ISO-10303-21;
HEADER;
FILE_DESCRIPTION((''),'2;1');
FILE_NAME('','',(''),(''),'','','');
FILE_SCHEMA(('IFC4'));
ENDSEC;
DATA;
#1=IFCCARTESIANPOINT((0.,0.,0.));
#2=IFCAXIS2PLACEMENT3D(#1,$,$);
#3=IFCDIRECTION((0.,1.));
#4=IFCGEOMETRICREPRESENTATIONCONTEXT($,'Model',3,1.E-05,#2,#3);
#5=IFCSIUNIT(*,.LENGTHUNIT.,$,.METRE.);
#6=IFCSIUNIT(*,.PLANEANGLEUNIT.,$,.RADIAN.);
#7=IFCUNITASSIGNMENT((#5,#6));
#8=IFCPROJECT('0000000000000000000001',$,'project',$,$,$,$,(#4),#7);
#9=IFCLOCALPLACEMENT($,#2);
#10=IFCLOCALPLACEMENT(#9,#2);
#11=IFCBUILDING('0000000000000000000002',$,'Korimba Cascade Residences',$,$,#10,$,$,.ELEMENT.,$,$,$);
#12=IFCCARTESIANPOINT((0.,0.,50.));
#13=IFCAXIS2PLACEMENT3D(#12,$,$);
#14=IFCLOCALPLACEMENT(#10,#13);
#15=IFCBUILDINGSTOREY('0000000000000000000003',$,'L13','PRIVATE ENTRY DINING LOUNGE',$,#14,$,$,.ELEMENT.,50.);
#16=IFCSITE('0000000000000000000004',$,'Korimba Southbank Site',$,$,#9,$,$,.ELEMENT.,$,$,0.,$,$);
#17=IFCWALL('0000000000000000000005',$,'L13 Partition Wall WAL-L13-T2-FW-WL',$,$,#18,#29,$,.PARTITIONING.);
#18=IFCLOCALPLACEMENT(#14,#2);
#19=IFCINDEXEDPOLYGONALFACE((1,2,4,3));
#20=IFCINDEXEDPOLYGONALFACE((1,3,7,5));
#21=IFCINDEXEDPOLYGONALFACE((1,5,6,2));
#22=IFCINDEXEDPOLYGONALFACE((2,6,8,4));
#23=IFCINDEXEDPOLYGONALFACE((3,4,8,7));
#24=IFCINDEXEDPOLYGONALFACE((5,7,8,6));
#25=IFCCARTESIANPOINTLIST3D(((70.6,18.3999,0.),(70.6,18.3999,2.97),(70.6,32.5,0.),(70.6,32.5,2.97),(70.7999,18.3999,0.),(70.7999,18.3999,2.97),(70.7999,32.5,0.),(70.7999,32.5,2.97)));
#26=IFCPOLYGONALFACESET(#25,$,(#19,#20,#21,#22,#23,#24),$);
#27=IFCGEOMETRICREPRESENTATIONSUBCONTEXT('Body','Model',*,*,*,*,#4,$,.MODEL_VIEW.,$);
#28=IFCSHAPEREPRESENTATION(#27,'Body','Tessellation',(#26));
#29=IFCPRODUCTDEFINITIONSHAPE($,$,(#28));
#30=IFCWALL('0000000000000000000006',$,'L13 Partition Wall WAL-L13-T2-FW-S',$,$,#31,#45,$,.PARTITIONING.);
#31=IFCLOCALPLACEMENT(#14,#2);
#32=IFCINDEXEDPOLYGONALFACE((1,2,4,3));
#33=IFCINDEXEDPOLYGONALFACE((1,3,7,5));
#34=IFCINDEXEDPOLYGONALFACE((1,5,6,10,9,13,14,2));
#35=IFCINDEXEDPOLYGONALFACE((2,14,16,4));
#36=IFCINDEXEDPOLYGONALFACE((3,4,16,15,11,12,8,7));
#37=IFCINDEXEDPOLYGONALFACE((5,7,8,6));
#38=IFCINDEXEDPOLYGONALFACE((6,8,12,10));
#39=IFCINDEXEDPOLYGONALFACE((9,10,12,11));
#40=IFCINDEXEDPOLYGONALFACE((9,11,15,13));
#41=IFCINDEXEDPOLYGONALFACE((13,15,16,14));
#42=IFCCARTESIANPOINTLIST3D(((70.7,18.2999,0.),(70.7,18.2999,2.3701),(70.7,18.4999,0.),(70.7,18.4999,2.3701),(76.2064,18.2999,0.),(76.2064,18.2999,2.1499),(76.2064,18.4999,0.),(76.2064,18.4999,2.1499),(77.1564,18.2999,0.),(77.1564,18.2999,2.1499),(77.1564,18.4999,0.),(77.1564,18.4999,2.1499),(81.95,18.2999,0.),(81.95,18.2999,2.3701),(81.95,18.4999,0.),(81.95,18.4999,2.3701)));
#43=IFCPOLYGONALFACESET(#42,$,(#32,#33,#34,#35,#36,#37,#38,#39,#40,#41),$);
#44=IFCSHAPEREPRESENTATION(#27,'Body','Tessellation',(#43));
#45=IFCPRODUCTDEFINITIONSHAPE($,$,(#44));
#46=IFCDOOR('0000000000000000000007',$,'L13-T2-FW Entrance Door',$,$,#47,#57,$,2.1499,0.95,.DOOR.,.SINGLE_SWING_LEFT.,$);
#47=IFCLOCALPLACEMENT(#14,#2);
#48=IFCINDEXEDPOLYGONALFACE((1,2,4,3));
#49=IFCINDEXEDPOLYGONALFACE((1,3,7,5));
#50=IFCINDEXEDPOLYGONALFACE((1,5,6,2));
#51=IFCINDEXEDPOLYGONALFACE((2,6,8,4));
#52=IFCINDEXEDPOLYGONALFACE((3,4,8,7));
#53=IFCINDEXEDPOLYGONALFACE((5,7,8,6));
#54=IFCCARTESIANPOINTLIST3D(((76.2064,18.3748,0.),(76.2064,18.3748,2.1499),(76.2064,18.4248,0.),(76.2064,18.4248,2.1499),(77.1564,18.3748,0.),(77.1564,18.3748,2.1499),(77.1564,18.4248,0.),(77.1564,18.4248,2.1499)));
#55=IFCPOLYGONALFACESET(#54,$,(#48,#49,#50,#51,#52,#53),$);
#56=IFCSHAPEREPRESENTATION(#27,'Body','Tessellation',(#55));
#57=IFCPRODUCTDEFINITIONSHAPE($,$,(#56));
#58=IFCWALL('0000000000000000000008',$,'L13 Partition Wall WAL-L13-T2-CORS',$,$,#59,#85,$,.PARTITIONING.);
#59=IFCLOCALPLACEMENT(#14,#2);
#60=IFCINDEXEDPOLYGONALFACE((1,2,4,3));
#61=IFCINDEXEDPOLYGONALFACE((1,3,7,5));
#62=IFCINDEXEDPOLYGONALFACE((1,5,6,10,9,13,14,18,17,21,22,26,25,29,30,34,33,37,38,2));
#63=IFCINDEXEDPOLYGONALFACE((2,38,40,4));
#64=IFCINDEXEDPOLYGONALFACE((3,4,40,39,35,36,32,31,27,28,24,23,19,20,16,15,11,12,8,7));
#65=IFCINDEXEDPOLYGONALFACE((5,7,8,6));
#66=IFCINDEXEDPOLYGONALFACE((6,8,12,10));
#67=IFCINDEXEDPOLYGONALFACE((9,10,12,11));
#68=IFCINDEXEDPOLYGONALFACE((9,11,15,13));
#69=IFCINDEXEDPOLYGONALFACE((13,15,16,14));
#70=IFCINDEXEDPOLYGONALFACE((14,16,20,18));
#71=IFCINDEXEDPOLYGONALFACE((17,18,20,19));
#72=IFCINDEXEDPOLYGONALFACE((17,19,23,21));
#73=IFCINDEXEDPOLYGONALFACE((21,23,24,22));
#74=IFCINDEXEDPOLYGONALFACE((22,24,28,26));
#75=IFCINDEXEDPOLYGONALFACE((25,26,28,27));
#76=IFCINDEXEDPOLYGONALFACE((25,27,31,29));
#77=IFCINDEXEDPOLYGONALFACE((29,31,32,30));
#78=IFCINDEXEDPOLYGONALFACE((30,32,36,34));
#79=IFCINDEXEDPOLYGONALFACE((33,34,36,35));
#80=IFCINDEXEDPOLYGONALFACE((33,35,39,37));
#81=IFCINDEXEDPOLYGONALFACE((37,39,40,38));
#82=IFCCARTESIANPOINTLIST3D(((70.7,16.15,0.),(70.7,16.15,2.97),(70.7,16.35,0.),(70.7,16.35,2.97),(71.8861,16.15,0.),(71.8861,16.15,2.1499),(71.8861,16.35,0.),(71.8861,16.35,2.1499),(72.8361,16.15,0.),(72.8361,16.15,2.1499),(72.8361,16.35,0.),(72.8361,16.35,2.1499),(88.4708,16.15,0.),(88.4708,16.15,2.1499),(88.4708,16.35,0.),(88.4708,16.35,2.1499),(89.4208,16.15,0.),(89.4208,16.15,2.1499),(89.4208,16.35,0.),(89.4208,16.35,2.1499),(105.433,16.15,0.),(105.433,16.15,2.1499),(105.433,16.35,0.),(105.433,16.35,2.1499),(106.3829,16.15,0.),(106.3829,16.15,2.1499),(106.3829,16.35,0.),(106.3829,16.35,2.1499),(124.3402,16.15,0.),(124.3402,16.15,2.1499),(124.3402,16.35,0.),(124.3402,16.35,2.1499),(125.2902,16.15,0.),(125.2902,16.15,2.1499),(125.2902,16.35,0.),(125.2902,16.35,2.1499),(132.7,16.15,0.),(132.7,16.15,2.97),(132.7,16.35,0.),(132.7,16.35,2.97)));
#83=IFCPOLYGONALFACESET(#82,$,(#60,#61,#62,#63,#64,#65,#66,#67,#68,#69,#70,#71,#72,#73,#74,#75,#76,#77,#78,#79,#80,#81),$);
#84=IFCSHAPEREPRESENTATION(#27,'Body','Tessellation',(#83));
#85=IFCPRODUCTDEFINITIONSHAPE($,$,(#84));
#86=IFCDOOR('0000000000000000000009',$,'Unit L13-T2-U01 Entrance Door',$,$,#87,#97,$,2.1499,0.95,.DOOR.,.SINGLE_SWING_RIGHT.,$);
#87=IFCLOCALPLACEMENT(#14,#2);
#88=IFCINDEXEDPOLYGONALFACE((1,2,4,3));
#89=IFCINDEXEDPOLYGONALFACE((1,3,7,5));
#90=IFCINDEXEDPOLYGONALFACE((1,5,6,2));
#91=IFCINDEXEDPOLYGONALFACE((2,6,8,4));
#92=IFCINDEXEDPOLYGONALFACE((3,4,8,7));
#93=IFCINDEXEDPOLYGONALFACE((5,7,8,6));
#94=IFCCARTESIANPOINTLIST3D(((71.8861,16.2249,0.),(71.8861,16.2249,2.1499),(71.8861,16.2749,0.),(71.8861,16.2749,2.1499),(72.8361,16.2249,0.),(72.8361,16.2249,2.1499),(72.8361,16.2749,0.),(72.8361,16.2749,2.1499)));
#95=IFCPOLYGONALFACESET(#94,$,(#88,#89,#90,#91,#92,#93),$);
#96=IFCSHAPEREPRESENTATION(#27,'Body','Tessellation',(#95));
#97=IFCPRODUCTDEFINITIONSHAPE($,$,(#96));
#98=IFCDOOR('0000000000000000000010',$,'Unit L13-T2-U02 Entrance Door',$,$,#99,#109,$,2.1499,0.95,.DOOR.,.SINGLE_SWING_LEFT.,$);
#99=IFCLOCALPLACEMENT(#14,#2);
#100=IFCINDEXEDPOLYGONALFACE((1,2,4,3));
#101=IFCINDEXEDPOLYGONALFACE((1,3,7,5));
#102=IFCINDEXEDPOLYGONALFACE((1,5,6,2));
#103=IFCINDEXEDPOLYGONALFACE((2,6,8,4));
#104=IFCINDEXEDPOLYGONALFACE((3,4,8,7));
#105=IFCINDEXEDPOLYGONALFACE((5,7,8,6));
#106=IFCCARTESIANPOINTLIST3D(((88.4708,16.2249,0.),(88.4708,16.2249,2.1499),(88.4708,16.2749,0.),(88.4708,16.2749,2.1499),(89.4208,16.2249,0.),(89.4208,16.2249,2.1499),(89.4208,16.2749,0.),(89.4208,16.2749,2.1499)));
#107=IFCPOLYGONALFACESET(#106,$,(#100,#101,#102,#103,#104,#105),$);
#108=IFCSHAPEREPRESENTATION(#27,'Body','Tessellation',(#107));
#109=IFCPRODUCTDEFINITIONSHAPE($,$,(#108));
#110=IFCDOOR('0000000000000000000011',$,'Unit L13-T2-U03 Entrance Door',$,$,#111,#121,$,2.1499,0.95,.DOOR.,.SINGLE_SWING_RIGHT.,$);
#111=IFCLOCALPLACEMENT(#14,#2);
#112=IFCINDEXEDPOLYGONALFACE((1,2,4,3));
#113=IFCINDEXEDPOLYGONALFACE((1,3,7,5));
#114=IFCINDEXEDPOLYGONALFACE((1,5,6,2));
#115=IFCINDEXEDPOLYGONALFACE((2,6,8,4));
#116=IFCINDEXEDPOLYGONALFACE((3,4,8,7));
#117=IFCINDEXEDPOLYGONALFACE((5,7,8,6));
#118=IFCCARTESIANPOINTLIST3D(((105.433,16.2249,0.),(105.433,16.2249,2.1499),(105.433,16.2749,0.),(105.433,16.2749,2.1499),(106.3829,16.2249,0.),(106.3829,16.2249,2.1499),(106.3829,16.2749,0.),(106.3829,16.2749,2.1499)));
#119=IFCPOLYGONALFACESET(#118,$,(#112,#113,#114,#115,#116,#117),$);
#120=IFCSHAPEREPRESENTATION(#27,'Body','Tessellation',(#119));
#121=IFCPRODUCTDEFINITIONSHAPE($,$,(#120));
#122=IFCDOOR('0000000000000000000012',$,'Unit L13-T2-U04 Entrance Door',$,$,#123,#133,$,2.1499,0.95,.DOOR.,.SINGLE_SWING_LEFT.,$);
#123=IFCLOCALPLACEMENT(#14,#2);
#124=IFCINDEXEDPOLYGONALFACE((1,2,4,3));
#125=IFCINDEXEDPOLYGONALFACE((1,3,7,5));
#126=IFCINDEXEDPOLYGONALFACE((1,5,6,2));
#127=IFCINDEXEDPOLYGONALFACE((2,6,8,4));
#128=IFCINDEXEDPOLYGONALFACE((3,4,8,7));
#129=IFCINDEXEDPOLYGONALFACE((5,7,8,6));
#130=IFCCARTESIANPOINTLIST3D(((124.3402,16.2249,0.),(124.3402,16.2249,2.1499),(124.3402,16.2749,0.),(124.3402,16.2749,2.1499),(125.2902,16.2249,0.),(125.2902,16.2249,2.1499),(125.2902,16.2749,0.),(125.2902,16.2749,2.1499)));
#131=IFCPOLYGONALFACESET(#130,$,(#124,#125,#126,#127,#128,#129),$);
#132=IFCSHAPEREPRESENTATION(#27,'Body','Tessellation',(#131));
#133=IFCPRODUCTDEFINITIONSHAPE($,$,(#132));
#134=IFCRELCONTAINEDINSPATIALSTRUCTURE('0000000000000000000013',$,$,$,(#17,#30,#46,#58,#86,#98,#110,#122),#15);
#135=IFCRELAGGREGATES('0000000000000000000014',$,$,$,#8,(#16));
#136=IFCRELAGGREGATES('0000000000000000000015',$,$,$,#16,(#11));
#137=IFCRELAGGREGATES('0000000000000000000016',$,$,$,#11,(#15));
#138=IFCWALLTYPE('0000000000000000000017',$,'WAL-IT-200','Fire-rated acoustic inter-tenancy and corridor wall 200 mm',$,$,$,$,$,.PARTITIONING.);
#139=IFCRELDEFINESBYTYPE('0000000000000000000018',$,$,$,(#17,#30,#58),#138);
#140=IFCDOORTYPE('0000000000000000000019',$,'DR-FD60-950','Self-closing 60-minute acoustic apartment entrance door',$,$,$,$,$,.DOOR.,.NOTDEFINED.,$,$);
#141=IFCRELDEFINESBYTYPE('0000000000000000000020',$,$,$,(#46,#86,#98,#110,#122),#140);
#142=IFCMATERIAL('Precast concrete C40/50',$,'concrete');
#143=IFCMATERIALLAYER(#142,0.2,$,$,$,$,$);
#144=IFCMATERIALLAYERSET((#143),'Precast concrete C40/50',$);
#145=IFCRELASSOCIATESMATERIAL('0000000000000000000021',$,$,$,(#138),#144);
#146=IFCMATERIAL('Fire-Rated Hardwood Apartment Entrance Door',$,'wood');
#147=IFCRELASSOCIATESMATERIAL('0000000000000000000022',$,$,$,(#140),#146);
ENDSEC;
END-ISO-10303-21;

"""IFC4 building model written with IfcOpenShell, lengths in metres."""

from ifc_helpers import new_model, si_unit, direction, frame, frame_2d, origin, place, context, subcontext, project, spatial, rectangle, extrude, material, layer, layer_set, type_object, element, fill, save


model = new_model("IFC4")

# Units and contexts
model_context = context("Model", 3, precision=1e-05, world=origin(), true_north=direction((0.0, 1.0)))
body_context = subcontext(model_context, "Body", "Model", "MODEL_VIEW")
ifc_project = project(units=[si_unit("LENGTHUNIT", "METRE"), si_unit("PLANEANGLEUNIT", "RADIAN")], contexts=[model_context])

# Site, building, storey
site_placement = place(None, origin())
site = spatial("IfcSite", under=ifc_project, at=site_placement, Name="Korimba Southbank Site", CompositionType="ELEMENT", RefElevation=0.0)
building_placement = place(site_placement, origin())
building = spatial("IfcBuilding", under=site, at=building_placement, Name="Korimba Cascade Residences", CompositionType="ELEMENT")
storey_placement = place(building_placement, frame((0.0, 0.0, 50.0)))
storey = spatial("IfcBuildingStorey", under=building, at=storey_placement, Name="L13", Description="PRIVATE ENTRY DINING LOUNGE", CompositionType="ELEMENT", Elevation=50.0)

# Wall
ifc_material_1 = material(Name="Precast concrete C40/50", Category="concrete")
ifc_layer_1 = layer(ifc_material_1, 0.2)
ifc_layer_set_1 = layer_set([ifc_layer_1], Name="Precast concrete C40/50")
wall_type_1 = type_object("IfcWallType", Name="WAL-IT-200", Description="Fire-rated acoustic inter-tenancy and corridor wall 200 mm", PredefinedType="PARTITIONING", material=ifc_layer_set_1)
wall_1_placement = place(storey_placement, frame((70.7, 18.3999, 0.0), z_axis=(0.0, 0.0, 1.0), x_axis=(0.0, 1.0, 0.0)))
element("IfcWall", 1, at=wall_1_placement, inside=storey, type_object=wall_type_1, Name="L13 Partition Wall WAL-L13-T2-FW-WL", PredefinedType="PARTITIONING", context=body_context, shape_type="SweptSolid", body=[
    extrude(rectangle(XDim=14.1001, YDim=0.2, at=frame_2d((7.05, 0.0))), origin(), (0.0, 0.0, 1.0), 2.97),
])

# Wall, opening, door
wall_2_placement = place(storey_placement, frame((70.7, 18.3999, 0.0), z_axis=(0.0, 0.0, 1.0), x_axis=(1.0, 0.0, 0.0)))
wall_2 = element("IfcWall", 2, at=wall_2_placement, inside=storey, type_object=wall_type_1, Name="L13 Partition Wall WAL-L13-T2-FW-S", PredefinedType="PARTITIONING", context=body_context, shape_type="SweptSolid", body=[
    extrude(rectangle(XDim=11.25, YDim=0.2, at=frame_2d((5.625, 0.0))), origin(), (0.0, 0.0, 1.0), 2.3701),
])
opening_1_placement = place(wall_2_placement, frame((5.5063, 0.0, 0.0)))
opening_1 = element("IfcOpeningElement", 3, at=opening_1_placement, cuts=wall_2, PredefinedType="OPENING", context=body_context, shape_type="SweptSolid", body=[
    extrude(rectangle(XDim=0.95, YDim=2.1499, at=frame_2d((0.4751, 1.075))), frame((0.0, 0.1099, 0.0), z_axis=(0.0, -1.0, 0.0), x_axis=(1.0, 0.0, 0.0)), (0.0, 0.0, 1.0), 0.22),
])
ifc_material_2 = material(Name="Fire-Rated Hardwood Apartment Entrance Door", Category="wood")
door_type_1 = type_object("IfcDoorType", Name="DR-FD60-950", Description="Self-closing 60-minute acoustic apartment entrance door", OperationType="NOTDEFINED", PredefinedType="DOOR", material=ifc_material_2)
door_1_placement = place(opening_1_placement, origin())
door_1 = element("IfcDoor", 4, at=door_1_placement, inside=storey, type_object=door_type_1, Name="L13-T2-FW Entrance Door", OperationType="SINGLE_SWING_LEFT", OverallHeight=2.1499, OverallWidth=0.95, PredefinedType="DOOR", context=body_context, shape_type="SweptSolid", body=[
    extrude(rectangle(XDim=0.95, YDim=2.1499, at=frame_2d((0.4751, 1.075))), frame((0.0, 0.0249, 0.0), z_axis=(0.0, -1.0, 0.0), x_axis=(1.0, 0.0, 0.0)), (0.0, 0.0, 1.0), 0.05),
])
fill(opening_1, door_1)

# Wall, openings, doors
wall_3_placement = place(storey_placement, frame((70.7, 16.25, 0.0), z_axis=(0.0, 0.0, 1.0), x_axis=(1.0, 0.0, 0.0)))
wall_3 = element("IfcWall", 5, at=wall_3_placement, inside=storey, type_object=wall_type_1, Name="L13 Partition Wall WAL-L13-T2-CORS", PredefinedType="PARTITIONING", context=body_context, shape_type="SweptSolid", body=[
    extrude(rectangle(XDim=62.0, YDim=0.2, at=frame_2d((31.0, 0.0))), origin(), (0.0, 0.0, 1.0), 2.97),
])
opening_2_placement = place(wall_3_placement, frame((1.186, 0.0, 0.0)))
opening_2 = element("IfcOpeningElement", 6, at=opening_2_placement, cuts=wall_3, PredefinedType="OPENING", context=body_context, shape_type="SweptSolid", body=[
    extrude(rectangle(XDim=0.95, YDim=2.1499, at=frame_2d((0.4751, 1.075))), frame((0.0, 0.1099, 0.0), z_axis=(0.0, -1.0, 0.0), x_axis=(1.0, 0.0, 0.0)), (0.0, 0.0, 1.0), 0.22),
])
opening_3_placement = place(wall_3_placement, frame((17.7708, 0.0, 0.0)))
opening_3 = element("IfcOpeningElement", 7, at=opening_3_placement, cuts=wall_3, PredefinedType="OPENING", context=body_context, shape_type="SweptSolid", body=[
    extrude(rectangle(XDim=0.95, YDim=2.1499, at=frame_2d((0.4751, 1.075))), frame((0.0, 0.1099, 0.0), z_axis=(0.0, -1.0, 0.0), x_axis=(1.0, 0.0, 0.0)), (0.0, 0.0, 1.0), 0.22),
])
opening_4_placement = place(wall_3_placement, frame((34.7329, 0.0, 0.0)))
opening_4 = element("IfcOpeningElement", 8, at=opening_4_placement, cuts=wall_3, PredefinedType="OPENING", context=body_context, shape_type="SweptSolid", body=[
    extrude(rectangle(XDim=0.95, YDim=2.1499, at=frame_2d((0.4751, 1.075))), frame((0.0, 0.1099, 0.0), z_axis=(0.0, -1.0, 0.0), x_axis=(1.0, 0.0, 0.0)), (0.0, 0.0, 1.0), 0.22),
])
opening_5_placement = place(wall_3_placement, frame((53.6401, 0.0, 0.0)))
opening_5 = element("IfcOpeningElement", 9, at=opening_5_placement, cuts=wall_3, PredefinedType="OPENING", context=body_context, shape_type="SweptSolid", body=[
    extrude(rectangle(XDim=0.95, YDim=2.1499, at=frame_2d((0.4751, 1.075))), frame((0.0, 0.1099, 0.0), z_axis=(0.0, -1.0, 0.0), x_axis=(1.0, 0.0, 0.0)), (0.0, 0.0, 1.0), 0.22),
])
door_2_placement = place(opening_2_placement, origin())
door_2 = element("IfcDoor", 10, at=door_2_placement, inside=storey, type_object=door_type_1, Name="Unit L13-T2-U01 Entrance Door", OperationType="SINGLE_SWING_RIGHT", OverallHeight=2.1499, OverallWidth=0.95, PredefinedType="DOOR", context=body_context, shape_type="SweptSolid", body=[
    extrude(rectangle(XDim=0.95, YDim=2.1499, at=frame_2d((0.4751, 1.075))), frame((0.0, 0.0249, 0.0), z_axis=(0.0, -1.0, 0.0), x_axis=(1.0, 0.0, 0.0)), (0.0, 0.0, 1.0), 0.05),
])
fill(opening_2, door_2)
door_3_placement = place(opening_3_placement, origin())
door_3 = element("IfcDoor", 11, at=door_3_placement, inside=storey, type_object=door_type_1, Name="Unit L13-T2-U02 Entrance Door", OperationType="SINGLE_SWING_LEFT", OverallHeight=2.1499, OverallWidth=0.95, PredefinedType="DOOR", context=body_context, shape_type="SweptSolid", body=[
    extrude(rectangle(XDim=0.95, YDim=2.1499, at=frame_2d((0.4751, 1.075))), frame((0.0, 0.0249, 0.0), z_axis=(0.0, -1.0, 0.0), x_axis=(1.0, 0.0, 0.0)), (0.0, 0.0, 1.0), 0.05),
])
fill(opening_3, door_3)
door_4_placement = place(opening_4_placement, origin())
door_4 = element("IfcDoor", 12, at=door_4_placement, inside=storey, type_object=door_type_1, Name="Unit L13-T2-U03 Entrance Door", OperationType="SINGLE_SWING_RIGHT", OverallHeight=2.1499, OverallWidth=0.95, PredefinedType="DOOR", context=body_context, shape_type="SweptSolid", body=[
    extrude(rectangle(XDim=0.95, YDim=2.1499, at=frame_2d((0.4751, 1.075))), frame((0.0, 0.0249, 0.0), z_axis=(0.0, -1.0, 0.0), x_axis=(1.0, 0.0, 0.0)), (0.0, 0.0, 1.0), 0.05),
])
fill(opening_4, door_4)
door_5_placement = place(opening_5_placement, origin())
door_5 = element("IfcDoor", 13, at=door_5_placement, inside=storey, type_object=door_type_1, Name="Unit L13-T2-U04 Entrance Door", OperationType="SINGLE_SWING_LEFT", OverallHeight=2.1499, OverallWidth=0.95, PredefinedType="DOOR", context=body_context, shape_type="SweptSolid", body=[
    extrude(rectangle(XDim=0.95, YDim=2.1499, at=frame_2d((0.4751, 1.075))), frame((0.0, 0.0249, 0.0), z_axis=(0.0, -1.0, 0.0), x_axis=(1.0, 0.0, 0.0)), (0.0, 0.0, 1.0), 0.05),
])
fill(opening_5, door_5)

save(model, "model.ifc")
